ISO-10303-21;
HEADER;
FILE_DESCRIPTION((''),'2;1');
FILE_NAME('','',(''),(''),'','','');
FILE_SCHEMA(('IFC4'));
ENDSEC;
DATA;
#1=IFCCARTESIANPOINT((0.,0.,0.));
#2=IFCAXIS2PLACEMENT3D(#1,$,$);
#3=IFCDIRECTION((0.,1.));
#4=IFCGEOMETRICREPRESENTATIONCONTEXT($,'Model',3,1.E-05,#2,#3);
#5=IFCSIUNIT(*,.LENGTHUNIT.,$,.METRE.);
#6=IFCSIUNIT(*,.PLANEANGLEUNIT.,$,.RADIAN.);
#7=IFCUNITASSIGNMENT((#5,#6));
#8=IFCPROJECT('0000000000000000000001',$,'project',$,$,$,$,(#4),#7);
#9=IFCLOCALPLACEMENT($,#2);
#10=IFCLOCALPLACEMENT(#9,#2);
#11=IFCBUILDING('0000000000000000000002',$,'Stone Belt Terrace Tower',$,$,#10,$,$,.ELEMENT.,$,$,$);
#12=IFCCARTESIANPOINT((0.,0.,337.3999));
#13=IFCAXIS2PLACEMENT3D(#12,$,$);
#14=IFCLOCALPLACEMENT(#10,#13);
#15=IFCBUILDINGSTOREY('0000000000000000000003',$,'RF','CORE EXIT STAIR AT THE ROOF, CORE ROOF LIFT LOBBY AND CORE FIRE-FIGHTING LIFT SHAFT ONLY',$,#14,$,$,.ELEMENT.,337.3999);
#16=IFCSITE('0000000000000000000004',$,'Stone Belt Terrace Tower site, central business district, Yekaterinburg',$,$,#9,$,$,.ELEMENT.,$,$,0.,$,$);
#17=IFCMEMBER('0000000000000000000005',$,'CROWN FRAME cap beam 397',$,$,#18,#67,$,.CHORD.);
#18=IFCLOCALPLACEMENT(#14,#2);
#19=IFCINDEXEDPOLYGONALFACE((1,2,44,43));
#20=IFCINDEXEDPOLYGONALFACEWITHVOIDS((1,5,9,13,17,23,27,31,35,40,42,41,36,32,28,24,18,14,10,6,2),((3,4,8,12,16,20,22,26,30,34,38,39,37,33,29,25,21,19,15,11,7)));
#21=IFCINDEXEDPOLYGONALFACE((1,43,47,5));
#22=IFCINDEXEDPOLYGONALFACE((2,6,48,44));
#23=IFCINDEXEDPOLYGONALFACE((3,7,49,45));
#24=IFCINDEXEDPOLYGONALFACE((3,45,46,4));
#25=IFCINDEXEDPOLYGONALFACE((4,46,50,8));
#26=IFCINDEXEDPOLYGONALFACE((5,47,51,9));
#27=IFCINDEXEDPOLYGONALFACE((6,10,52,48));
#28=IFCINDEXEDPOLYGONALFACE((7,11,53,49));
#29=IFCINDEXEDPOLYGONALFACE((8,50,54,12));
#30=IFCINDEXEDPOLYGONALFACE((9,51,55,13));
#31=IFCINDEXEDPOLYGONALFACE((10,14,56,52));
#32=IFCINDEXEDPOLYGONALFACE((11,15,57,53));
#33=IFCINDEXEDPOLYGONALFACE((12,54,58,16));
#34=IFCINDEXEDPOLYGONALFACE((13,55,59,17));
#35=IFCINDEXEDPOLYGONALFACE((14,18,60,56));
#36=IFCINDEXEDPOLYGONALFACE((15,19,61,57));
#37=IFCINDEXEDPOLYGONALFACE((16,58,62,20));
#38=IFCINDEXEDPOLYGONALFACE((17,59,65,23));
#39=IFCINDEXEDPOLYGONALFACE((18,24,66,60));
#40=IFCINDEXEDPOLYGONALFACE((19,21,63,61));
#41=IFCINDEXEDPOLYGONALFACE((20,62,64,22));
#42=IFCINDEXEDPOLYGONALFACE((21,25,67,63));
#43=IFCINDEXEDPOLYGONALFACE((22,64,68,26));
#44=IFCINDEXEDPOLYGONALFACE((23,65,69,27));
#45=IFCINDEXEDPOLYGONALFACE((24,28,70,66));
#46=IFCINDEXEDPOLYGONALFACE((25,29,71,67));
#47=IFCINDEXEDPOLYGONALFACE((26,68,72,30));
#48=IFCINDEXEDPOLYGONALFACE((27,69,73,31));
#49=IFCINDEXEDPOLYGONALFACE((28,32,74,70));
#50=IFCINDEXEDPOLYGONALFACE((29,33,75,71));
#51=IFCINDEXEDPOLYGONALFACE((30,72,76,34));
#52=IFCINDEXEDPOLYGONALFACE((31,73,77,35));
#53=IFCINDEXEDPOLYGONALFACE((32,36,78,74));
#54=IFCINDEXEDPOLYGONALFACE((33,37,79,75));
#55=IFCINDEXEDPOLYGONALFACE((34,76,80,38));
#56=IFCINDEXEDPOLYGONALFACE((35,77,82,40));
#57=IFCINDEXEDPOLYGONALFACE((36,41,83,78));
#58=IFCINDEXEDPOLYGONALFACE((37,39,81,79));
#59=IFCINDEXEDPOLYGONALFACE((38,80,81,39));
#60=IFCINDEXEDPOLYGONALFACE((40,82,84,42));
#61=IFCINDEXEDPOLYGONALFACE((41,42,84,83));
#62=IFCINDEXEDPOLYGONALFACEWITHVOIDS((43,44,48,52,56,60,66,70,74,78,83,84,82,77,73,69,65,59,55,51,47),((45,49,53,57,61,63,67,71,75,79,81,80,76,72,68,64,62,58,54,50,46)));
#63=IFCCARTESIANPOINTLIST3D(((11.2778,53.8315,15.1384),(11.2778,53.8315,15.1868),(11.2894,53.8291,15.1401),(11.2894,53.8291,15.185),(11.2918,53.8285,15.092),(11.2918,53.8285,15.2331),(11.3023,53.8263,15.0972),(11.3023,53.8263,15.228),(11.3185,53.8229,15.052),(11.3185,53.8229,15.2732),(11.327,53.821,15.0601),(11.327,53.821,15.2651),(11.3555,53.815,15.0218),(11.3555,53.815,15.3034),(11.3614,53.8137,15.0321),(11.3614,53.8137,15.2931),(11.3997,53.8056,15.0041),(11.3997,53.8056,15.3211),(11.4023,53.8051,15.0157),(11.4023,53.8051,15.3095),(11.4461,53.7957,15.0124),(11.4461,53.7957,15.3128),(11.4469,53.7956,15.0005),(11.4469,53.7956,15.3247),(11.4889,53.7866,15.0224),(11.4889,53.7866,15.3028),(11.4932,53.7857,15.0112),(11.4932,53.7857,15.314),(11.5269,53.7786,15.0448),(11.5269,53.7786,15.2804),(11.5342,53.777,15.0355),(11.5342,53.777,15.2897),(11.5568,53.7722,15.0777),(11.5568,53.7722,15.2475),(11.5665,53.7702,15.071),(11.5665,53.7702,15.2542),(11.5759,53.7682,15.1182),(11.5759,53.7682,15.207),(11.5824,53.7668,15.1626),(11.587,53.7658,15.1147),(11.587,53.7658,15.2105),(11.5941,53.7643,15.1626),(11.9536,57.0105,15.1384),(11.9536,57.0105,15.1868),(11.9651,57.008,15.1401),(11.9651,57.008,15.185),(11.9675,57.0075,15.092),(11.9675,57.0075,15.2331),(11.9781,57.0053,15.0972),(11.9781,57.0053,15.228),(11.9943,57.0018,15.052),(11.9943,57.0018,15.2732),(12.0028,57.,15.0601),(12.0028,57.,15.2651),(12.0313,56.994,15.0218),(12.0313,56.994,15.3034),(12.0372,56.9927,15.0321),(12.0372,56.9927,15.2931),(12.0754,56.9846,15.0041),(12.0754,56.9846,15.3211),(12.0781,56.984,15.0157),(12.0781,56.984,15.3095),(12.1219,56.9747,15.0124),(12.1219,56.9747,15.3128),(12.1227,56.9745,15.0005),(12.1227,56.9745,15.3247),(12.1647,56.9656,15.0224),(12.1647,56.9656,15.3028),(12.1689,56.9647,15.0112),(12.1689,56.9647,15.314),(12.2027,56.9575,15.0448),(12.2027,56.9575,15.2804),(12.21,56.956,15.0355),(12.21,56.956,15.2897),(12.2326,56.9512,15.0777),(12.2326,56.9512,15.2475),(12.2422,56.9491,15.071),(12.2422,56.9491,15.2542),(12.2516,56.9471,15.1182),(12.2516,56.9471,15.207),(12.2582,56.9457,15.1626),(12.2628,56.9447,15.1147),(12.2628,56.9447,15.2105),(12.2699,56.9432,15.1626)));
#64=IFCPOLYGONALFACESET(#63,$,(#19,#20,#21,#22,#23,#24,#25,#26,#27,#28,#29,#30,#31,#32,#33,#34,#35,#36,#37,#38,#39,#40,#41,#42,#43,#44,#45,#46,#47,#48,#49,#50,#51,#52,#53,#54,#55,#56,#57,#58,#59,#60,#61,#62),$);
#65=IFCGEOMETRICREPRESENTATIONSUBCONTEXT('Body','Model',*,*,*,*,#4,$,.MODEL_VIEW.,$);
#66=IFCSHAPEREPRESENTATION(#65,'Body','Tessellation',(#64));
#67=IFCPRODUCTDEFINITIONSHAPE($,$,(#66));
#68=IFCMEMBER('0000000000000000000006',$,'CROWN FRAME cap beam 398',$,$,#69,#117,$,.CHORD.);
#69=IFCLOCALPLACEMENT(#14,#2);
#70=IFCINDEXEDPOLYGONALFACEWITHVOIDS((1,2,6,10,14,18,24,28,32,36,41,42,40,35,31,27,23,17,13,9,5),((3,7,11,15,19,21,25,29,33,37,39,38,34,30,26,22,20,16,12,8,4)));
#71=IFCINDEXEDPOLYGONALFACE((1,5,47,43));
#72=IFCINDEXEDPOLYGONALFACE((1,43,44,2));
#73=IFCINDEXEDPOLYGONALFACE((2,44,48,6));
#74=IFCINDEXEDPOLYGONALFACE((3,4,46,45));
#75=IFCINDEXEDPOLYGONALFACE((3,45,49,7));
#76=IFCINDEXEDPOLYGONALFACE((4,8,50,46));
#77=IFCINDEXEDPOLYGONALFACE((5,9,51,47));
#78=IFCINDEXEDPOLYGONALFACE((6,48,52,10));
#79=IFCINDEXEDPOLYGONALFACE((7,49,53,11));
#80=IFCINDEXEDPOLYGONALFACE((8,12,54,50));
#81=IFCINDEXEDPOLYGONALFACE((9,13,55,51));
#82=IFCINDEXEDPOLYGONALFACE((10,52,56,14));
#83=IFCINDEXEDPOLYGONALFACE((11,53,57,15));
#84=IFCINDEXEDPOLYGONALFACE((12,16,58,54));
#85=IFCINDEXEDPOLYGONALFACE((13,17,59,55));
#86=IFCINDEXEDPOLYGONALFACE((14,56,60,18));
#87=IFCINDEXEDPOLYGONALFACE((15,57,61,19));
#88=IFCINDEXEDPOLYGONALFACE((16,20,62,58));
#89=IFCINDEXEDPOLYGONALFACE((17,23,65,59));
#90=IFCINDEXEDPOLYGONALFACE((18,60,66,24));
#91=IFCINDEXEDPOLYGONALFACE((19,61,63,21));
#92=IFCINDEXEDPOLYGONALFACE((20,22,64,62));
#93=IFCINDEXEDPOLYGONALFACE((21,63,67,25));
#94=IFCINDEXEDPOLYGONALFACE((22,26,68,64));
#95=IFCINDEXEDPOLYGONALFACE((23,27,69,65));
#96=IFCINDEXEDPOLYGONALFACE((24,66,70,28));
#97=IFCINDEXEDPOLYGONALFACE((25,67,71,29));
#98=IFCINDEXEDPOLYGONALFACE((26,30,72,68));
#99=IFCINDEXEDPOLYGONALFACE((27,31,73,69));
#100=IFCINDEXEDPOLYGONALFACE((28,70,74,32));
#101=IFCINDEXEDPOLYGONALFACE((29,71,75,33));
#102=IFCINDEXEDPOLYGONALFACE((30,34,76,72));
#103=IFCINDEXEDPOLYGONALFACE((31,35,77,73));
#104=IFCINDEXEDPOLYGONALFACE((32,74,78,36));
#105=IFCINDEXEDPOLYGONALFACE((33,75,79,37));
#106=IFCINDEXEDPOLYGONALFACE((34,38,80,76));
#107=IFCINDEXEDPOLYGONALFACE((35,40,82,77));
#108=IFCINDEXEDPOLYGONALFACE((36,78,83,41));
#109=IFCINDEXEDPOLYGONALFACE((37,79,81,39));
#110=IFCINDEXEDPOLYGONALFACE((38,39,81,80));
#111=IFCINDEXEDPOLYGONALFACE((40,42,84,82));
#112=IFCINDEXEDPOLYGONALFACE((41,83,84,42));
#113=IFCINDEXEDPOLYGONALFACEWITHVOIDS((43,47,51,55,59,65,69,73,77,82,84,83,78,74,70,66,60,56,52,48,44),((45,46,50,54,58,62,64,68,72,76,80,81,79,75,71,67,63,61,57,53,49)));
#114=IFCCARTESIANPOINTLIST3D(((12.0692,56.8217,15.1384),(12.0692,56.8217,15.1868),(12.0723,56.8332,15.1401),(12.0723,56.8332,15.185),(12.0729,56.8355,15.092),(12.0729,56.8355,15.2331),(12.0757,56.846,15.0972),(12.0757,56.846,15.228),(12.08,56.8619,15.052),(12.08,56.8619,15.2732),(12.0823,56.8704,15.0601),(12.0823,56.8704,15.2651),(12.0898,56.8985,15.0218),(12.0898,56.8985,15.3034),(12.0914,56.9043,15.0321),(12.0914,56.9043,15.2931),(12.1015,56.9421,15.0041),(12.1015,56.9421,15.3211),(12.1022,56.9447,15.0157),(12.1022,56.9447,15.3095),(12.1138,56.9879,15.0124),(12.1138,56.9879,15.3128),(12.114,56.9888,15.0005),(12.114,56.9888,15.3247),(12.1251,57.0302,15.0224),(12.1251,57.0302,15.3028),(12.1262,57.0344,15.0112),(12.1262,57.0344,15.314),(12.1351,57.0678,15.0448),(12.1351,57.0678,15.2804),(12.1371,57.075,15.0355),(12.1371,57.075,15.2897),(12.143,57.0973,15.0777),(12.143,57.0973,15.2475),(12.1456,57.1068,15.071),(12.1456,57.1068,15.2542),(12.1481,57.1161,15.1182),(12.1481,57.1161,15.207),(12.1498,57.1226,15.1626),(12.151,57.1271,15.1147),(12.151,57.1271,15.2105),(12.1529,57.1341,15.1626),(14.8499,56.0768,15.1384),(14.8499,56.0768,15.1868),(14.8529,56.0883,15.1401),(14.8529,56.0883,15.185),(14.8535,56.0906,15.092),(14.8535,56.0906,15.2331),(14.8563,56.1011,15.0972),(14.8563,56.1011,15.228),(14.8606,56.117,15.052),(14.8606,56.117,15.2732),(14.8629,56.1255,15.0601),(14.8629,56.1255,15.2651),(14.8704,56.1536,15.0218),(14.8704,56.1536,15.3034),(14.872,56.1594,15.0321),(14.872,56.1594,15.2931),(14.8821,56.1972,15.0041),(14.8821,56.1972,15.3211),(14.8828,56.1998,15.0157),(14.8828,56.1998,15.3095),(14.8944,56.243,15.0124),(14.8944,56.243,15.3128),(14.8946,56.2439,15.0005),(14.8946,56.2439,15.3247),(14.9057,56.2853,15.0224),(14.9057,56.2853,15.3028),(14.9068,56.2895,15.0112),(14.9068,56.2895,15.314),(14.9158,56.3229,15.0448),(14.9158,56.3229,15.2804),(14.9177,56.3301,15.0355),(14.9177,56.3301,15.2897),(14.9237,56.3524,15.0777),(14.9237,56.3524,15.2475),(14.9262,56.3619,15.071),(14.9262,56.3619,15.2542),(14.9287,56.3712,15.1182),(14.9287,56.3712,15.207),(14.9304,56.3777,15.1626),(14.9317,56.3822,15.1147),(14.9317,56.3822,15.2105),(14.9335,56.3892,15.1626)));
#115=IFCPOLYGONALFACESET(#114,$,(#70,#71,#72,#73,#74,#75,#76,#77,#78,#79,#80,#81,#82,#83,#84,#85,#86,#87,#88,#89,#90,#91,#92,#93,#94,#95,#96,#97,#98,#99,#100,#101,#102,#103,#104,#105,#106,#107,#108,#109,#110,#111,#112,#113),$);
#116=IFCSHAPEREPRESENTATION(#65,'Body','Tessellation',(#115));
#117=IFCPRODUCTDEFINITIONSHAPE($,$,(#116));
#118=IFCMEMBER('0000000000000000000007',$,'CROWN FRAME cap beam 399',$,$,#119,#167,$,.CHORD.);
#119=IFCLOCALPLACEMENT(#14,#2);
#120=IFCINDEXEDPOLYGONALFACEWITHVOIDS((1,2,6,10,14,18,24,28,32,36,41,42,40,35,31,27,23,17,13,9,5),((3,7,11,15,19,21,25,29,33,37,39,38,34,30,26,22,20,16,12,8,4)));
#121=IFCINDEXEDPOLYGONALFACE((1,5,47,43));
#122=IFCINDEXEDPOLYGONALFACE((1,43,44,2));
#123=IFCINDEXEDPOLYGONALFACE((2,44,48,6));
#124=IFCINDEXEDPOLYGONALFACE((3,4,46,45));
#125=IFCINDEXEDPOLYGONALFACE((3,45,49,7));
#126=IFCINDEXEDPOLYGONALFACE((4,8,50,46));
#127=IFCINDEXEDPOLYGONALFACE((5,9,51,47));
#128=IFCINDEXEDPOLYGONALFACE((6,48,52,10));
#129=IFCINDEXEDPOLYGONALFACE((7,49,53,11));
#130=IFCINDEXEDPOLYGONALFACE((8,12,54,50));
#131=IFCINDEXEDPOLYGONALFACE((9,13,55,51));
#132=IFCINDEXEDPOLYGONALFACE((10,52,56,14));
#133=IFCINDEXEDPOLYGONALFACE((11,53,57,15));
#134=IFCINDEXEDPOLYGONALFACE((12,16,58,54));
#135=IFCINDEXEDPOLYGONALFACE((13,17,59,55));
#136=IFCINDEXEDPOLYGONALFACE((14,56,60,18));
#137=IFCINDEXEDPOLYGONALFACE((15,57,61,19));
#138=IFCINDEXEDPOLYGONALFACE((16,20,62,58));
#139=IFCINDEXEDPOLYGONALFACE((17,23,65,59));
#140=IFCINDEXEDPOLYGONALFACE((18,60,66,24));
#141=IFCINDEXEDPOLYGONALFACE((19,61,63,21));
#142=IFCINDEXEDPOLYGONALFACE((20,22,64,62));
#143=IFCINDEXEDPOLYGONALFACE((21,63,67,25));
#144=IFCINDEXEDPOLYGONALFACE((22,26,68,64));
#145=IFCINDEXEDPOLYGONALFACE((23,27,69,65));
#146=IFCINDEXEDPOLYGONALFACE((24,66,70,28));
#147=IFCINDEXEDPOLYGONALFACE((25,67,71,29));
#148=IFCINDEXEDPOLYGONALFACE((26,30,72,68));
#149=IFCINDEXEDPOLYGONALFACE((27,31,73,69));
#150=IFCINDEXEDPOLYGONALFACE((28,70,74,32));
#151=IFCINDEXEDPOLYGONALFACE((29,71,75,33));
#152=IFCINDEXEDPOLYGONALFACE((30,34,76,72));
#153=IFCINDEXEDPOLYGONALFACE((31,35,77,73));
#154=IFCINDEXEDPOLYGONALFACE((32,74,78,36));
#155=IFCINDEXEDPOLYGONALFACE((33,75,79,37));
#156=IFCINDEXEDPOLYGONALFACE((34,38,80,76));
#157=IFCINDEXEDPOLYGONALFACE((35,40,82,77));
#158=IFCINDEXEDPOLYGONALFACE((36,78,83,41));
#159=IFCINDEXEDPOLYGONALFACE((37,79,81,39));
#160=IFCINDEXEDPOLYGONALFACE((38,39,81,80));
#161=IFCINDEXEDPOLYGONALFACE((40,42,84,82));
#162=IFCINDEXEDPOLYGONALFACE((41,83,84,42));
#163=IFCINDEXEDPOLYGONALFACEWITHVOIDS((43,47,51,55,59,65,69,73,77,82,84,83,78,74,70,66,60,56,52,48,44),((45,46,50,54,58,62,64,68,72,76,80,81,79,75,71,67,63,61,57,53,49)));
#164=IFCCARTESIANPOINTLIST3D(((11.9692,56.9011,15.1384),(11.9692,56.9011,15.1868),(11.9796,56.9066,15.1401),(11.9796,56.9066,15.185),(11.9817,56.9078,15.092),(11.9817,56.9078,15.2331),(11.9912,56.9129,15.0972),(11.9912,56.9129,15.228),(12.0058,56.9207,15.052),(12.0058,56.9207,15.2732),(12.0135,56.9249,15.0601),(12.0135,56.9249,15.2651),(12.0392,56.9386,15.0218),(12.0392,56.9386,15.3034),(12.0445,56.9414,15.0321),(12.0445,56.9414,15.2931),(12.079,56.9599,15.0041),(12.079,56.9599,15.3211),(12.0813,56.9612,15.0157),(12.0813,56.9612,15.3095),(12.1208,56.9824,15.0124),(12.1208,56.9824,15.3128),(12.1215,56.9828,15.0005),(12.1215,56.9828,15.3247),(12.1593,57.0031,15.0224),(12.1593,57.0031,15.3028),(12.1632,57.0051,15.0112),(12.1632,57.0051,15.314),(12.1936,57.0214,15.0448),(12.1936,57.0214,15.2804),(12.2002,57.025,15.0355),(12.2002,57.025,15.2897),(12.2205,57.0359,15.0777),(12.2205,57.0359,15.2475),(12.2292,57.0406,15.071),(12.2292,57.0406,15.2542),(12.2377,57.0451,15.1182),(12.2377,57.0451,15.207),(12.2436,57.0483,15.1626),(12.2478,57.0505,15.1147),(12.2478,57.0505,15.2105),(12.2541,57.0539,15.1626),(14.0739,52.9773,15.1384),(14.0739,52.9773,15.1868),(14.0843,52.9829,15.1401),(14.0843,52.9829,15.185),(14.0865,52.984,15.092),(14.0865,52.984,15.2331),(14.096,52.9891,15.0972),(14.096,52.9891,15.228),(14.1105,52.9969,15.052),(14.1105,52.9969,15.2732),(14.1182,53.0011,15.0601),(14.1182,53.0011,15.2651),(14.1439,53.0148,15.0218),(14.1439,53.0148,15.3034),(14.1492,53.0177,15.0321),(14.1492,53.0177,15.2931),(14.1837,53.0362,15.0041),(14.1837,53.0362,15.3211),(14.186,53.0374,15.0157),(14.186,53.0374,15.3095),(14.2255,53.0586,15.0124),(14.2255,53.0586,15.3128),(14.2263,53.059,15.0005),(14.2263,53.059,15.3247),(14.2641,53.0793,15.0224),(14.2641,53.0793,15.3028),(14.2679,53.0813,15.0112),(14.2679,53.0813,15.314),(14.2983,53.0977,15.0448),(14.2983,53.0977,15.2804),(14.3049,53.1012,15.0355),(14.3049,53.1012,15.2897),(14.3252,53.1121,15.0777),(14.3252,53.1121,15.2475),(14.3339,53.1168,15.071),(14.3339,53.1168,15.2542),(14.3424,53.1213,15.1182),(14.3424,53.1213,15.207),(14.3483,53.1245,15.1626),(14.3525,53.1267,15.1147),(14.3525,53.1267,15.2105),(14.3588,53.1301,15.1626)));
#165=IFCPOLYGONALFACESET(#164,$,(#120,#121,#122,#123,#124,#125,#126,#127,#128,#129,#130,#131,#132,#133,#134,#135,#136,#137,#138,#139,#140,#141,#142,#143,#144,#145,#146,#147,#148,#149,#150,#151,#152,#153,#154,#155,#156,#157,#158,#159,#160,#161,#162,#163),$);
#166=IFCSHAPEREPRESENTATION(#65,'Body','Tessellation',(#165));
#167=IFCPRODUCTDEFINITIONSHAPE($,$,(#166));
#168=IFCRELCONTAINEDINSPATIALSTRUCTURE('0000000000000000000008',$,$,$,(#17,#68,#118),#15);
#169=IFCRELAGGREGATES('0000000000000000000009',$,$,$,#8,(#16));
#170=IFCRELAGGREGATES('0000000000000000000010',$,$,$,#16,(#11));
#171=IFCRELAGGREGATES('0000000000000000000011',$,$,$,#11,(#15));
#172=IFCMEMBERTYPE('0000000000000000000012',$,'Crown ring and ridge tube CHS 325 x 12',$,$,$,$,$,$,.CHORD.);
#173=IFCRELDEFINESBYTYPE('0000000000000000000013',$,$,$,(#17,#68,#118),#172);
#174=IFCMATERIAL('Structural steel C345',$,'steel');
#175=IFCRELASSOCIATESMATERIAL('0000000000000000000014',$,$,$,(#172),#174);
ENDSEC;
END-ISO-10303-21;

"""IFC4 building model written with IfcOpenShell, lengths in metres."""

from ifc_helpers import new_model, si_unit, direction, frame, origin, origin_2d, place, context, subcontext, project, spatial, hollow_circle, extrude, material, material_profile, profile_set, type_object, element, save


model = new_model("IFC4")

# Units and contexts
model_context = context("Model", 3, precision=1e-05, world=origin(), true_north=direction((0.0, 1.0)))
body_context = subcontext(model_context, "Body", "Model", "MODEL_VIEW")
ifc_project = project(units=[si_unit("LENGTHUNIT", "METRE"), si_unit("PLANEANGLEUNIT", "RADIAN")], contexts=[model_context])

# Site, building, storey
site_placement = place(None, origin())
site = spatial("IfcSite", under=ifc_project, at=site_placement, Name="Stone Belt Terrace Tower site, central business district, Yekaterinburg", CompositionType="ELEMENT", RefElevation=0.0)
building_placement = place(site_placement, origin())
building = spatial("IfcBuilding", under=site, at=building_placement, Name="Stone Belt Terrace Tower", CompositionType="ELEMENT")
storey_placement = place(building_placement, frame((0.0, 0.0, 337.3999)))
storey = spatial("IfcBuildingStorey", under=building, at=storey_placement, Name="RF", Description="CORE EXIT STAIR AT THE ROOF, CORE ROOF LIFT LOBBY AND CORE FIRE-FIGHTING LIFT SHAFT ONLY", CompositionType="ELEMENT", Elevation=337.3999)

# Members
ifc_material_1 = material(Name="Structural steel C345", Category="steel")
ifc_material_profile = material_profile(ifc_material_1, hollow_circle(Radius=0.1626, WallThickness=0.012, at=origin_2d()), Name="Structural steel C345 CHS 325x12")
ifc_profile_set = profile_set([ifc_material_profile], Name="Structural steel C345")
member_type = type_object("IfcMemberType", Name="Crown ring and ridge tube CHS 325 x 12", PredefinedType="CHORD", material=ifc_profile_set)
member_1_placement = place(storey_placement, frame((12.1108, 56.9771, 15.1626), z_axis=(-0.207933, -0.978143, 0.0), x_axis=(0.978143, -0.207933, 0.0)))
element("IfcMember", 1, at=member_1_placement, inside=storey, type_object=member_type, Name="CROWN FRAME cap beam 397", PredefinedType="CHORD", context=body_context, shape_type="SweptSolid", body=[
    extrude(hollow_circle(Radius=0.1626, WallThickness=0.012, at=origin_2d()), origin(), (0.0, 0.0, 1.0), 3.25),
])
member_2_placement = place(storey_placement, frame((12.1108, 56.9771, 15.1626), z_axis=(0.96594, -0.258766, 0.0), x_axis=(0.258766, 0.96594, 0.0)))
element("IfcMember", 2, at=member_2_placement, inside=storey, type_object=member_type, Name="CROWN FRAME cap beam 398", PredefinedType="CHORD", context=body_context, shape_type="SweptSolid", body=[
    extrude(hollow_circle(Radius=0.1626, WallThickness=0.012, at=origin_2d()), origin(), (0.0, 0.0, 1.0), 2.8787),
])
member_3_placement = place(storey_placement, frame((12.1108, 56.9771, 15.1626), z_axis=(0.47269, -0.881229, 0.0), x_axis=(0.881229, 0.47269, 0.0)))
element("IfcMember", 3, at=member_3_placement, inside=storey, type_object=member_type, Name="CROWN FRAME cap beam 399", PredefinedType="CHORD", context=body_context, shape_type="SweptSolid", body=[
    extrude(hollow_circle(Radius=0.1626, WallThickness=0.012, at=origin_2d()), origin(), (0.0, 0.0, 1.0), 4.4526),
])

save(model, "model.ifc")
